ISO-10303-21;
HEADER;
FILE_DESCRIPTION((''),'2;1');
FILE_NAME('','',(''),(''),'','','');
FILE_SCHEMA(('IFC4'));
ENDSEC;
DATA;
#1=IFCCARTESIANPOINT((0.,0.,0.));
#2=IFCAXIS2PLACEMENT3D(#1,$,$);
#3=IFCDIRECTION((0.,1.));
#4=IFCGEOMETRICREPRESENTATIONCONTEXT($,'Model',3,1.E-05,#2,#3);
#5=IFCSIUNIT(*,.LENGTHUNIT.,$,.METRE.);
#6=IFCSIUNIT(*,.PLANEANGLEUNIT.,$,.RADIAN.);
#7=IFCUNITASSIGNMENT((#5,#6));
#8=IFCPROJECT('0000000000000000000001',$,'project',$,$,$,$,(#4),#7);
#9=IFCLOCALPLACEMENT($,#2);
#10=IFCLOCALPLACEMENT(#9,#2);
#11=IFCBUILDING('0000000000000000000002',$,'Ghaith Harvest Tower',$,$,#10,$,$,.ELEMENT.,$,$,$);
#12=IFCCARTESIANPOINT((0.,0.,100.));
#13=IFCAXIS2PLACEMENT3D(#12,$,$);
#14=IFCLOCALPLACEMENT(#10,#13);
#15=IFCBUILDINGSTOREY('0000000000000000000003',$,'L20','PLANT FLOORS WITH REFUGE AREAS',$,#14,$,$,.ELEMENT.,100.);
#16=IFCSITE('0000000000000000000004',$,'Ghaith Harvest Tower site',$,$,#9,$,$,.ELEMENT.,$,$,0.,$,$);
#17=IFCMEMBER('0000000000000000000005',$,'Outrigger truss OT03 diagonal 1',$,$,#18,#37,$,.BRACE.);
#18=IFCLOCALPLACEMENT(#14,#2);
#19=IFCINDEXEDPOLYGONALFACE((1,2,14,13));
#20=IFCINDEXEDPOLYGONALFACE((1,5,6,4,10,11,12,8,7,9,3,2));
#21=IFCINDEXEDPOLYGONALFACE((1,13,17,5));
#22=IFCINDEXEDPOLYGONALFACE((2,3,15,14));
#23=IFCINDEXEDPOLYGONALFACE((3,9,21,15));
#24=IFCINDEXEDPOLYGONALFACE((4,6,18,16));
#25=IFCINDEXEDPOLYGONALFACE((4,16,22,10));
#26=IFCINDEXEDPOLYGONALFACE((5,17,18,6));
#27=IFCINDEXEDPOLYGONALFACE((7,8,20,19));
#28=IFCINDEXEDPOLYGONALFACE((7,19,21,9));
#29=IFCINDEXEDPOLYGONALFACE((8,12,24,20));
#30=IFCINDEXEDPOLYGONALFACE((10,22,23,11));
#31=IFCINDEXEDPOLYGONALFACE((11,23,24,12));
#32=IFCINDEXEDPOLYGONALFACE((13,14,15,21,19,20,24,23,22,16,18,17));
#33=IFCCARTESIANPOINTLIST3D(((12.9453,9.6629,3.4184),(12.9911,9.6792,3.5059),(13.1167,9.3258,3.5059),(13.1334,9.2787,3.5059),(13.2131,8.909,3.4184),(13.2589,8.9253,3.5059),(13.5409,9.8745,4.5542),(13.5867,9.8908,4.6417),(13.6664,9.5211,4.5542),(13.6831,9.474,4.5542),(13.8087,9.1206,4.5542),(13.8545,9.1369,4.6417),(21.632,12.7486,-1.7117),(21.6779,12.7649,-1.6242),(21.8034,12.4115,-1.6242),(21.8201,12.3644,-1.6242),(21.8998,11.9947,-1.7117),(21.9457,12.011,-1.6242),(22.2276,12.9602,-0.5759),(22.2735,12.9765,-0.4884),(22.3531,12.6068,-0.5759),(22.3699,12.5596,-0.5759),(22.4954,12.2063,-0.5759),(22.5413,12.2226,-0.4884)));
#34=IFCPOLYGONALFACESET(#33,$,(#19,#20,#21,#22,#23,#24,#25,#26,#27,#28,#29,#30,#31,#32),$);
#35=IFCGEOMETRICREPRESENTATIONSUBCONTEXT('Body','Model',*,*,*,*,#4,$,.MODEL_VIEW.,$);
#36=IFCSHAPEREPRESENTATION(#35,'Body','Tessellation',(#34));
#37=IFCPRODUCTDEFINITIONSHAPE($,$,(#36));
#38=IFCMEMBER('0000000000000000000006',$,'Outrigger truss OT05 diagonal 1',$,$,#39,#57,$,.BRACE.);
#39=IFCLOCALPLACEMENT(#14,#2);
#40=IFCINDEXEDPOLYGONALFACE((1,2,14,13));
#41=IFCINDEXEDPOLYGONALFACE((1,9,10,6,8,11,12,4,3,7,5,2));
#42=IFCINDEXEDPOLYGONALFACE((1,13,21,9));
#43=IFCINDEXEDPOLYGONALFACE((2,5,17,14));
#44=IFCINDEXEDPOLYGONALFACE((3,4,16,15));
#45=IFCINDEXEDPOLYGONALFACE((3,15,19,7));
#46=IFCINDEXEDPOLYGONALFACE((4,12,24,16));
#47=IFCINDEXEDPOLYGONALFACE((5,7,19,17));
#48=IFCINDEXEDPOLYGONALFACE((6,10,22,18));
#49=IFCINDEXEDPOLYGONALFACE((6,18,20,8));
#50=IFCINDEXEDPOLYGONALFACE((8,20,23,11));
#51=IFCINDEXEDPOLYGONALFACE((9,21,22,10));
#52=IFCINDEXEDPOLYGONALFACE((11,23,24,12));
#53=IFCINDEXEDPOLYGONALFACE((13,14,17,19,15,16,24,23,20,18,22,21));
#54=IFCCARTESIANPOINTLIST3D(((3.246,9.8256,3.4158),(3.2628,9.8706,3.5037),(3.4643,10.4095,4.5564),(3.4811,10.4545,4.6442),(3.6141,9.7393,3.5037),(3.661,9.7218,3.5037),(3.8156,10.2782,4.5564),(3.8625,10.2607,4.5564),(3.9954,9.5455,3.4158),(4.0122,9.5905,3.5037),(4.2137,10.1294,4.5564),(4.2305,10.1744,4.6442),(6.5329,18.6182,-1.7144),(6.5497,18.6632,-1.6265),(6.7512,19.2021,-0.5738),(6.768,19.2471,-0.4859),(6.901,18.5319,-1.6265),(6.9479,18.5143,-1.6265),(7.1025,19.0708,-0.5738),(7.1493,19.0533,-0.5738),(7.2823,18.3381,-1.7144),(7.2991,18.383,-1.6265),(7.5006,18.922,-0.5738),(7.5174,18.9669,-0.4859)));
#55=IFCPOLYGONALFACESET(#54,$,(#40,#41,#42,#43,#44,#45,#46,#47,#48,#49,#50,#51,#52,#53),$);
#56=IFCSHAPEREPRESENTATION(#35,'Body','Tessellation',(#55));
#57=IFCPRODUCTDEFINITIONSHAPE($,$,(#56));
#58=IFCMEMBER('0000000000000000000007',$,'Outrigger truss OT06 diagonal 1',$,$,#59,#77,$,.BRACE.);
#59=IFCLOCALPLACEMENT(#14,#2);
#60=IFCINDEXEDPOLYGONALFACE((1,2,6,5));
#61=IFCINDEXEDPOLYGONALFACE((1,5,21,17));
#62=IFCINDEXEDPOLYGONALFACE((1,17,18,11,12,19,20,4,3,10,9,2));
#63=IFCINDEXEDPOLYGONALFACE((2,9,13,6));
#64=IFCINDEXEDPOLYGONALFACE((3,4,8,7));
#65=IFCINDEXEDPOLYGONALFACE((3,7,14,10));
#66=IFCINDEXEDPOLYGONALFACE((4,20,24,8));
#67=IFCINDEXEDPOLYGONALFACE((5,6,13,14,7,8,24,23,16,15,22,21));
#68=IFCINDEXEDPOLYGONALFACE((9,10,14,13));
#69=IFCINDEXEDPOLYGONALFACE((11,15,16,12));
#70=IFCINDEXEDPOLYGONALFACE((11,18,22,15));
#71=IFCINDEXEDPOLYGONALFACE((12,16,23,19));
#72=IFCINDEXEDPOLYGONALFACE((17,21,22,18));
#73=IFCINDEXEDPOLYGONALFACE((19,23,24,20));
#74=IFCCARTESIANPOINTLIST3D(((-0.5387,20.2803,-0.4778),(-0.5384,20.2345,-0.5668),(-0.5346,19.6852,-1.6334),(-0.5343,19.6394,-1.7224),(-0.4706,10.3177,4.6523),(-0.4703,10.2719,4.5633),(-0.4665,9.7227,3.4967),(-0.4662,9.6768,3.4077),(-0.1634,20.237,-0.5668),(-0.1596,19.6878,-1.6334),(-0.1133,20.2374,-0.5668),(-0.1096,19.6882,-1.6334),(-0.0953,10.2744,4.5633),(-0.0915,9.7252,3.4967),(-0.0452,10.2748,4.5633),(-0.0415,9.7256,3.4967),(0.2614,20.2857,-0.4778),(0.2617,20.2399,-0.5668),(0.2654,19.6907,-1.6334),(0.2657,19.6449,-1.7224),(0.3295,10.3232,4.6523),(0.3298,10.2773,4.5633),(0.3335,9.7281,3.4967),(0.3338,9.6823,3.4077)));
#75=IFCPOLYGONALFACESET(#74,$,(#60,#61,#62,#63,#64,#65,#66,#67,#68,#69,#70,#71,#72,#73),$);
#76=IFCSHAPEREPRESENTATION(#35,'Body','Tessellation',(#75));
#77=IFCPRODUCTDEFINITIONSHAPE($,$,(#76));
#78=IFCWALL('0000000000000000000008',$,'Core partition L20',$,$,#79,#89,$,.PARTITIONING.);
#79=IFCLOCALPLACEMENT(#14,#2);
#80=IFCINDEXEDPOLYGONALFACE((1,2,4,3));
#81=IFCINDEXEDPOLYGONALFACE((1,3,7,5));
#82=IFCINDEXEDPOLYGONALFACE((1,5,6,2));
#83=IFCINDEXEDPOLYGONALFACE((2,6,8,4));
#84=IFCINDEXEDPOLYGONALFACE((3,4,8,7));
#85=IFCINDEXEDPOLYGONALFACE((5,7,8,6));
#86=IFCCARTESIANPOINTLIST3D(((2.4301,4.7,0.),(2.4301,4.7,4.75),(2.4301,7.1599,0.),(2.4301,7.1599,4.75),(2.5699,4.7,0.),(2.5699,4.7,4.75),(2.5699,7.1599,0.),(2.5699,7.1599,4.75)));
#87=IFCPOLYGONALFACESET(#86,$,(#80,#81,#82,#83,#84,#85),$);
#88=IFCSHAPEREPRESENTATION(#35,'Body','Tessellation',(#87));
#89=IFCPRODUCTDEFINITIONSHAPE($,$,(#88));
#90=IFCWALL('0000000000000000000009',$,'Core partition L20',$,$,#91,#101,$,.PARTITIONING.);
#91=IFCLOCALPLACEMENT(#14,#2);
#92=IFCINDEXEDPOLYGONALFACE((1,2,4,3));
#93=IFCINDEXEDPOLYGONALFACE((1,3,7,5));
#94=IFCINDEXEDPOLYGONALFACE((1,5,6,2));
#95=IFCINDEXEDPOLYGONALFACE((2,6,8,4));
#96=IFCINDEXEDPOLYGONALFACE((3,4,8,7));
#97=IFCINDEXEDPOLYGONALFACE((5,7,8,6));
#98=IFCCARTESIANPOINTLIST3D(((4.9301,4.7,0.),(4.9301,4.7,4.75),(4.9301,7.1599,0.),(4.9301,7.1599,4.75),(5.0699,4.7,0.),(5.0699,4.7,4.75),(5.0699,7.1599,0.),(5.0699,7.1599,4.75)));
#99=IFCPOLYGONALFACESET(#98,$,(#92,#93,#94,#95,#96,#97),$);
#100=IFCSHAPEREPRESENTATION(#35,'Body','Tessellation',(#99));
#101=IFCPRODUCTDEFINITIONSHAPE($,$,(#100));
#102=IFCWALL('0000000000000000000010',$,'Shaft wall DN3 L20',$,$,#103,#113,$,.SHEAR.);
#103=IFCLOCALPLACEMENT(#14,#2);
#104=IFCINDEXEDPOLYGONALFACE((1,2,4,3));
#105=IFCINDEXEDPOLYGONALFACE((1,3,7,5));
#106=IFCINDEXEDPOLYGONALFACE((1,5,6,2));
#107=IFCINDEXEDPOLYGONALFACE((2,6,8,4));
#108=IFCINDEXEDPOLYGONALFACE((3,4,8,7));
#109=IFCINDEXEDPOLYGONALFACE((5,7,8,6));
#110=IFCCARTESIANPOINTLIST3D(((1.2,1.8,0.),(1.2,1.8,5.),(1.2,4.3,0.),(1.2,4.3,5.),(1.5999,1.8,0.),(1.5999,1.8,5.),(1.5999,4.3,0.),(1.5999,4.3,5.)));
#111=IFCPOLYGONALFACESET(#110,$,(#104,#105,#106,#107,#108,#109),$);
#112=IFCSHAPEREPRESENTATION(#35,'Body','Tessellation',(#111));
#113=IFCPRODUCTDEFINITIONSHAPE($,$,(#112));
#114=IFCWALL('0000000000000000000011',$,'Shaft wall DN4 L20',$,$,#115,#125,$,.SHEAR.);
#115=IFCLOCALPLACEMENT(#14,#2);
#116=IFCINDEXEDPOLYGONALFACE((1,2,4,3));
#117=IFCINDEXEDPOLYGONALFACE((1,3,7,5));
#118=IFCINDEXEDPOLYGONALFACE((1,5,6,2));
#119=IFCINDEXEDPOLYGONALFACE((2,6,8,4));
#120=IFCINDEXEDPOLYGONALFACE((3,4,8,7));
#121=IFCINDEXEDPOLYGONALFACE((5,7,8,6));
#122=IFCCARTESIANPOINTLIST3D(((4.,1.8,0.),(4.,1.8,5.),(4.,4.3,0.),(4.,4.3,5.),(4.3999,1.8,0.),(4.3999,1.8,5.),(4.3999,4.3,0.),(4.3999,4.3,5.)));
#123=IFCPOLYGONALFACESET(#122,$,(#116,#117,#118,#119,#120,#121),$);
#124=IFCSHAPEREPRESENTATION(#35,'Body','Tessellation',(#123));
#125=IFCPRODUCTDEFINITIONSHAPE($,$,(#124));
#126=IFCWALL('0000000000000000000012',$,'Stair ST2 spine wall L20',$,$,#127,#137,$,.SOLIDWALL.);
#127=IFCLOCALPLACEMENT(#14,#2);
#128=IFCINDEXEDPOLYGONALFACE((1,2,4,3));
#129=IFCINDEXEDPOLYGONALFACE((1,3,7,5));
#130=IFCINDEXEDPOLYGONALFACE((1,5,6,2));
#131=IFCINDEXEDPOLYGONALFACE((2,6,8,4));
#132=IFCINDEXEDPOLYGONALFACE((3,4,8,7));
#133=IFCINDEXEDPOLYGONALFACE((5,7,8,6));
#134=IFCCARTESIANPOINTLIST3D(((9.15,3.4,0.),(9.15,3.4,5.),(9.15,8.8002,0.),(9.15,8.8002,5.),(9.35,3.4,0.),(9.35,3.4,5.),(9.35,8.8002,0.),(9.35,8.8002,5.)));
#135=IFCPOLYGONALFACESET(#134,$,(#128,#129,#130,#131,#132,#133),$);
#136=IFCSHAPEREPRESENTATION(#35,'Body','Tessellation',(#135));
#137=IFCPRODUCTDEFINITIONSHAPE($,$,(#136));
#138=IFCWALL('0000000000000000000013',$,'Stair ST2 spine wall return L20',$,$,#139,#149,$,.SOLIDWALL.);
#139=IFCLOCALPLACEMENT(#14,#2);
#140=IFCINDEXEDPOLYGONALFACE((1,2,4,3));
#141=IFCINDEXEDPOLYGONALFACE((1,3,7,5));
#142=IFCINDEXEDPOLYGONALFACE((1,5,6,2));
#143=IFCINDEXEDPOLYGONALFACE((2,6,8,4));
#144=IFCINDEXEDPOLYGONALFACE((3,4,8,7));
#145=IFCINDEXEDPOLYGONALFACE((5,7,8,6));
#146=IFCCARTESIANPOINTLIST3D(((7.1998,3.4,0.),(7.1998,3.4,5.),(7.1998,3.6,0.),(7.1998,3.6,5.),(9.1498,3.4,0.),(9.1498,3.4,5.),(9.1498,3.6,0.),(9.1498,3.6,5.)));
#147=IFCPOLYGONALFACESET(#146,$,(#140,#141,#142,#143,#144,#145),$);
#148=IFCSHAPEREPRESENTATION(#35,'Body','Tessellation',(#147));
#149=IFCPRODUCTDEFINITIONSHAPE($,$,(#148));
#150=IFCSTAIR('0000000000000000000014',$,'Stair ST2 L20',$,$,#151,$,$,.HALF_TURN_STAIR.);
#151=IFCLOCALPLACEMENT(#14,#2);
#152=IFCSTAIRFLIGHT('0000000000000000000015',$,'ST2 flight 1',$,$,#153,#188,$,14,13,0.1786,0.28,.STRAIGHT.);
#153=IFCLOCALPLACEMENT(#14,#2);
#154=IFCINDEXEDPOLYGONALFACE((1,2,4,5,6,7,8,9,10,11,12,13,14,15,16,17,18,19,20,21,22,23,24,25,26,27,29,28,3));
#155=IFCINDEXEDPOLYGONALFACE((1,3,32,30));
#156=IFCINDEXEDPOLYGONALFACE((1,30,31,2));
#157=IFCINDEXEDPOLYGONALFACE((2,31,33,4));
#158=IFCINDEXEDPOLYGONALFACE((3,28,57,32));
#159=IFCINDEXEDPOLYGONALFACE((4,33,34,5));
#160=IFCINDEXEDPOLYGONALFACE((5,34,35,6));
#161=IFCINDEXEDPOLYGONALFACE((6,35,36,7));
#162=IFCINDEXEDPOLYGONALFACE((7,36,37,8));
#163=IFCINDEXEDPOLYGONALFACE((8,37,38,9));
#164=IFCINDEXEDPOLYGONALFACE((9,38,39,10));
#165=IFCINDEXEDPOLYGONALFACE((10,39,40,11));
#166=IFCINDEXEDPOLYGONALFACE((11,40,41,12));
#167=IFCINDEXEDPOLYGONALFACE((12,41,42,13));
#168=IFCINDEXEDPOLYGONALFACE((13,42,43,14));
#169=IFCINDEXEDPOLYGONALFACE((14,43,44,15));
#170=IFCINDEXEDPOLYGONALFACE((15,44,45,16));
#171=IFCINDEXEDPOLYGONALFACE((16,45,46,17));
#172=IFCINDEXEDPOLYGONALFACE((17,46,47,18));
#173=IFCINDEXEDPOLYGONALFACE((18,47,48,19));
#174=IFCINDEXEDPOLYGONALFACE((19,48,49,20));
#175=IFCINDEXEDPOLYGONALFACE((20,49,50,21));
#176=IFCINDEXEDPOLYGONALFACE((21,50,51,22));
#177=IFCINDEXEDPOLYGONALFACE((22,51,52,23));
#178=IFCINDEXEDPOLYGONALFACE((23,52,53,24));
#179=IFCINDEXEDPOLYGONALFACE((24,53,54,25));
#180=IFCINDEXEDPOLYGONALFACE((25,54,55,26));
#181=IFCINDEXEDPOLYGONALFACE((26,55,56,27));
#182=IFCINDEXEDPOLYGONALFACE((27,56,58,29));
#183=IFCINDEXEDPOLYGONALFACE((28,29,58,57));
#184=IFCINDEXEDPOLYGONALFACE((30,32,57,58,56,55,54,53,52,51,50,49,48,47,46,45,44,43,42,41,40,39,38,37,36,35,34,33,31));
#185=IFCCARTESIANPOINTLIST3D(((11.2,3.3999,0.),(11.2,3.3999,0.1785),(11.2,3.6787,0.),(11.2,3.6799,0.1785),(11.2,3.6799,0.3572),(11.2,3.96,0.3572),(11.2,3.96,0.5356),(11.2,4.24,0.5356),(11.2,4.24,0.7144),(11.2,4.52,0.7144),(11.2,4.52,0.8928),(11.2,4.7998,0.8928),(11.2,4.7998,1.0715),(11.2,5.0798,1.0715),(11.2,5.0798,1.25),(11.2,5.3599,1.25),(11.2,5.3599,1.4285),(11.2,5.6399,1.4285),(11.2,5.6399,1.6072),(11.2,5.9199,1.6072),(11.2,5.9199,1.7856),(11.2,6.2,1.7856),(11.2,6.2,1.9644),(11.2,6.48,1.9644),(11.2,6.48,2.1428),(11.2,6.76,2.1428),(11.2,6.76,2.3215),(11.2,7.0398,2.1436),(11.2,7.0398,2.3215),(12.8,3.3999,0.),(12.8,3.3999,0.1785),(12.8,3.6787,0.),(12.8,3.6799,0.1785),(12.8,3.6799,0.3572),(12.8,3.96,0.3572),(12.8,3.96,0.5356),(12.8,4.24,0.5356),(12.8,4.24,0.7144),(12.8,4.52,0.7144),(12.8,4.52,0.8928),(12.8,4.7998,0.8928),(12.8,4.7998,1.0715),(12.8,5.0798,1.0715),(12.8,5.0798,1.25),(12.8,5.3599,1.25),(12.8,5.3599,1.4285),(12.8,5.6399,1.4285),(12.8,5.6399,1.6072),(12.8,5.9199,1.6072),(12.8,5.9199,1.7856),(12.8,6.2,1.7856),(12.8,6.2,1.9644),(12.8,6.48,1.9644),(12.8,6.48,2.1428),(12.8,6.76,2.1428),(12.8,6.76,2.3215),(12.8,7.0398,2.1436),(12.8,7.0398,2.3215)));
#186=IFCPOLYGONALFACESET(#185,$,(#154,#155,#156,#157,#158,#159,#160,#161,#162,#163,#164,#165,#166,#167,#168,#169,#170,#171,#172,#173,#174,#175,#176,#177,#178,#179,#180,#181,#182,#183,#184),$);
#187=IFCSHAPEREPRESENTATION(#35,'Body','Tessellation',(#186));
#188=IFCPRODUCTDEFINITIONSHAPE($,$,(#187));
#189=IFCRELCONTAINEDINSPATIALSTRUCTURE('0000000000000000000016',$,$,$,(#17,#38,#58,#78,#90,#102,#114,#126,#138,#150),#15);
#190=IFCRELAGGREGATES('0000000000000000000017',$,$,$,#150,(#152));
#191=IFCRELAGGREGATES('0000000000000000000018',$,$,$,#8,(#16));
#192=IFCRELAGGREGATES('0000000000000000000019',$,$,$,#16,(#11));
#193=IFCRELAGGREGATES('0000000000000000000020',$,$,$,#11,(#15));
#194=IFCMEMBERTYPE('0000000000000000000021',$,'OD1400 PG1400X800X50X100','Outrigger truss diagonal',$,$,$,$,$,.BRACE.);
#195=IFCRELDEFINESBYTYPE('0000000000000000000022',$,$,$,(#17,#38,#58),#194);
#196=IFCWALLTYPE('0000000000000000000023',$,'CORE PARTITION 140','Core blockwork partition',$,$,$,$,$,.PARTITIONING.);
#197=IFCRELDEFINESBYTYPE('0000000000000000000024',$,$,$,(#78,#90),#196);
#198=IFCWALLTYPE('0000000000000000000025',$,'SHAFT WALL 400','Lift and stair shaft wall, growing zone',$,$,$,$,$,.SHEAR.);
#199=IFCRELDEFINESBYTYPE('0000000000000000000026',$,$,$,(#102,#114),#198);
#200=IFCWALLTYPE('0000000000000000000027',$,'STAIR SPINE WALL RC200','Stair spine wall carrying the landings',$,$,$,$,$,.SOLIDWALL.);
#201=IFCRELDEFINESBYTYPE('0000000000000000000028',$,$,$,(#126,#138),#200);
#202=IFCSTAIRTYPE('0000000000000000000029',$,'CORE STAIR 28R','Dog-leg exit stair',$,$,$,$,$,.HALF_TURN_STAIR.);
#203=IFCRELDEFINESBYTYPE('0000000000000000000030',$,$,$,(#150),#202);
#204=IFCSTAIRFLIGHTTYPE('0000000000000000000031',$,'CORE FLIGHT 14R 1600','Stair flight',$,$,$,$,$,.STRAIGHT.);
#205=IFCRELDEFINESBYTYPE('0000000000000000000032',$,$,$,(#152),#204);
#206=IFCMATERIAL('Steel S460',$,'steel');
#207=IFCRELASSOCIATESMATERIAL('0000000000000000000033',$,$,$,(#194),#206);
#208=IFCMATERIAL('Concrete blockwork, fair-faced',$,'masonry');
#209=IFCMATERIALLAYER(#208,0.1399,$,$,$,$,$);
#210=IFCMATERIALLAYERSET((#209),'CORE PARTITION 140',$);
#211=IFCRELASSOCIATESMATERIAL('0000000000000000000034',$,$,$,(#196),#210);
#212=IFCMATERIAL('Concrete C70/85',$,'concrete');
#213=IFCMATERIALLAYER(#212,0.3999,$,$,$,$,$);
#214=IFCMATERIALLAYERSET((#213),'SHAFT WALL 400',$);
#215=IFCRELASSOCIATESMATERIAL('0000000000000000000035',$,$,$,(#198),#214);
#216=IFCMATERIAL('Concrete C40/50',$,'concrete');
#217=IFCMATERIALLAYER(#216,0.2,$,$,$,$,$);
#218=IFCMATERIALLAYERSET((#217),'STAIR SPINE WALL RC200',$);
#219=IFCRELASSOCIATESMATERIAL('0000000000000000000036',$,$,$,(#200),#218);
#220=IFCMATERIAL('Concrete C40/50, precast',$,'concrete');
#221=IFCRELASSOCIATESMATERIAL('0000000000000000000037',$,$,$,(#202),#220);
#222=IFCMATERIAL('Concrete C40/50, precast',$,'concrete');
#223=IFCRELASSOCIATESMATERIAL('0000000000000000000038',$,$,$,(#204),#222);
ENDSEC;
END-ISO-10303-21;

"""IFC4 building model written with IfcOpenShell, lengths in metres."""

from ifc_helpers import new_model, si_unit, direction, frame, frame_2d, origin, origin_2d, place, context, subcontext, project, spatial, polyline, rectangle, i_section, outline, extrude, material, layer, layer_set, material_profile, profile_set, type_object, element, aggregate, save


model = new_model("IFC4")

# Units and contexts
model_context = context("Model", 3, precision=1e-05, world=origin(), true_north=direction((0.0, 1.0)))
body_context = subcontext(model_context, "Body", "Model", "MODEL_VIEW")
ifc_project = project(units=[si_unit("LENGTHUNIT", "METRE"), si_unit("PLANEANGLEUNIT", "RADIAN")], contexts=[model_context])

# Site, building, storey
site_placement = place(None, origin())
site = spatial("IfcSite", under=ifc_project, at=site_placement, Name="Ghaith Harvest Tower site", CompositionType="ELEMENT", RefElevation=0.0)
building_placement = place(site_placement, origin())
building = spatial("IfcBuilding", under=site, at=building_placement, Name="Ghaith Harvest Tower", CompositionType="ELEMENT")
storey_placement = place(building_placement, frame((0.0, 0.0, 100.0)))
storey = spatial("IfcBuildingStorey", under=building, at=storey_placement, Name="L20", Description="PLANT FLOORS WITH REFUGE AREAS", CompositionType="ELEMENT", Elevation=100.0)

# Members
ifc_material_1 = material(Name="Steel S460", Category="steel")
ifc_material_profile_1 = material_profile(ifc_material_1, i_section(OverallWidth=0.8, OverallDepth=1.3999, WebThickness=0.05, FlangeThickness=0.1001, at=origin_2d()), Name="PG1400X800X50X100")
ifc_profile_set_1 = profile_set([ifc_material_profile_1], Name="Steel S460")
member_type_1 = type_object("IfcMemberType", Name="OD1400 PG1400X800X50X100", Description="Outrigger truss diagonal", PredefinedType="BRACE", material=ifc_profile_set_1)
member_1_placement = place(storey_placement, frame((13.3999, 9.3999, 4.03), z_axis=(0.823401, 0.292487, -0.486274), x_axis=(-0.334727, 0.942315, 0.0)))
element("IfcMember", 1, at=member_1_placement, inside=storey, type_object=member_type_1, Name="Outrigger truss OT03 diagonal 1", PredefinedType="BRACE", context=body_context, shape_type="SweptSolid", body=[
    extrude(i_section(OverallWidth=0.8, OverallDepth=1.3999, WebThickness=0.05, FlangeThickness=0.1001, at=origin_2d()), origin(), (0.0, 0.0, 1.0), 10.5498),
])
member_2_placement = place(storey_placement, frame((3.7383, 10.0, 4.03), z_axis=(0.307265, 0.821945, -0.479578), x_axis=(-0.93669, 0.35016, 0.0)))
element("IfcMember", 2, at=member_2_placement, inside=storey, type_object=member_type_1, Name="Outrigger truss OT05 diagonal 1", PredefinedType="BRACE", context=body_context, shape_type="SweptSolid", body=[
    extrude(i_section(OverallWidth=0.8, OverallDepth=1.3999, WebThickness=0.05, FlangeThickness=0.1001, at=origin_2d()), origin(), (0.0, 0.0, 1.0), 10.6973),
])
member_3_placement = place(storey_placement, frame((-0.0684, 10.0, 4.03), z_axis=(-0.006078, 0.889036, -0.457797), x_axis=(-0.999977, -0.006837, 0.0)))
element("IfcMember", 3, at=member_3_placement, inside=storey, type_object=member_type_1, Name="Outrigger truss OT06 diagonal 1", PredefinedType="BRACE", context=body_context, shape_type="SweptSolid", body=[
    extrude(i_section(OverallWidth=0.8, OverallDepth=1.3999, WebThickness=0.05, FlangeThickness=0.1001, at=origin_2d()), origin(), (0.0, 0.0, 1.0), 11.2061),
])

# Walls
ifc_material_2 = material(Name="Concrete blockwork, fair-faced", Category="masonry")
ifc_layer_1 = layer(ifc_material_2, 0.1399)
ifc_layer_set_1 = layer_set([ifc_layer_1], Name="CORE PARTITION 140")
wall_type_1 = type_object("IfcWallType", Name="CORE PARTITION 140", Description="Core blockwork partition", PredefinedType="PARTITIONING", material=ifc_layer_set_1)
for number, where, z_axis, x_axis, name in (
    (4, (2.5, 4.7, 0.0), (0.0, 0.0, 1.0), (0.0, 1.0, 0.0), "Core partition L20"),
    (5, (5.0, 4.7, 0.0), (0.0, 0.0, 1.0), (0.0, 1.0, 0.0), "Core partition L20"),
):
    element("IfcWall", number, at=place(storey_placement, frame(where, z_axis=z_axis, x_axis=x_axis)), inside=storey, type_object=wall_type_1, Name=name, PredefinedType="PARTITIONING", context=body_context, shape_type="SweptSolid", body=[
        extrude(rectangle(XDim=2.46, YDim=0.1399, at=frame_2d((1.23, 0.0))), origin(), (0.0, 0.0, 1.0), 4.75),
    ])

# Shared definitions
ifc_material_3 = material(Name="Concrete C70/85", Category="concrete")
ifc_layer_2 = layer(ifc_material_3, 0.3999)
ifc_layer_set_2 = layer_set([ifc_layer_2], Name="SHAFT WALL 400")
wall_type_2 = type_object("IfcWallType", Name="SHAFT WALL 400", Description="Lift and stair shaft wall, growing zone", PredefinedType="SHEAR", material=ifc_layer_set_2)

# Walls
for number, where, z_axis, x_axis, name in (
    (6, (1.3999, 1.8, 0.0), (0.0, 0.0, 1.0), (0.0, 1.0, 0.0), "Shaft wall DN3 L20"),
    (7, (4.2, 1.8, 0.0), (0.0, 0.0, 1.0), (0.0, 1.0, 0.0), "Shaft wall DN4 L20"),
):
    element("IfcWall", number, at=place(storey_placement, frame(where, z_axis=z_axis, x_axis=x_axis)), inside=storey, type_object=wall_type_2, Name=name, PredefinedType="SHEAR", context=body_context, shape_type="SweptSolid", body=[
        extrude(rectangle(XDim=2.5, YDim=0.3999, at=frame_2d((1.25, 0.0))), origin(), (0.0, 0.0, 1.0), 5.0),
    ])
ifc_material_4 = material(Name="Concrete C40/50", Category="concrete")
ifc_layer_3 = layer(ifc_material_4, 0.2)
ifc_layer_set_3 = layer_set([ifc_layer_3], Name="STAIR SPINE WALL RC200")
wall_type_3 = type_object("IfcWallType", Name="STAIR SPINE WALL RC200", Description="Stair spine wall carrying the landings", PredefinedType="SOLIDWALL", material=ifc_layer_set_3)
wall_1_placement = place(storey_placement, frame((9.25, 3.3999, 0.0), z_axis=(0.0, 0.0, 1.0), x_axis=(0.0, 1.0, 0.0)))
element("IfcWall", 8, at=wall_1_placement, inside=storey, type_object=wall_type_3, Name="Stair ST2 spine wall L20", PredefinedType="SOLIDWALL", context=body_context, shape_type="SweptSolid", body=[
    extrude(rectangle(XDim=5.4001, YDim=0.2, at=frame_2d((2.7002, 0.0))), origin(), (0.0, 0.0, 1.0), 5.0),
])
wall_2_placement = place(storey_placement, frame((9.1499, 3.5, 0.0), z_axis=(0.0, 0.0, 1.0), x_axis=(-1.0, 0.0, 0.0)))
element("IfcWall", 9, at=wall_2_placement, inside=storey, type_object=wall_type_3, Name="Stair ST2 spine wall return L20", PredefinedType="SOLIDWALL", context=body_context, shape_type="SweptSolid", body=[
    extrude(rectangle(XDim=1.95, YDim=0.2, at=frame_2d((0.9751, 0.0))), origin(), (0.0, 0.0, 1.0), 5.0),
])

# Stair, stair flight
ifc_material_5 = material(Name="Concrete C40/50, precast", Category="concrete")
stair_type = type_object("IfcStairType", Name="CORE STAIR 28R", Description="Dog-leg exit stair", PredefinedType="HALF_TURN_STAIR", material=ifc_material_5)
stair_placement = place(storey_placement, origin())
stair = element("IfcStair", 10, at=stair_placement, inside=storey, type_object=stair_type, Name="Stair ST2 L20", PredefinedType="HALF_TURN_STAIR")
ifc_material_6 = material(Name="Concrete C40/50, precast", Category="concrete")
stair_flight_type = type_object("IfcStairFlightType", Name="CORE FLIGHT 14R 1600", Description="Stair flight", PredefinedType="STRAIGHT", material=ifc_material_6)
stair_flight_1_placement = place(storey_placement, frame((12.0, 3.3999, 0.0), z_axis=(0.0, 0.0, 1.0), x_axis=(0.0, 1.0, 0.0)))
stair_flight_1 = element("IfcStairFlight", 11, at=stair_flight_1_placement, type_object=stair_flight_type, Name="ST2 flight 1", NumberOfRisers=14, NumberOfTreads=13, PredefinedType="STRAIGHT", RiserHeight=0.1786, TreadLength=0.28, context=body_context, shape_type="SweptSolid", body=[
    extrude(outline(polyline([(0.0, 0.0), (0.0, 0.1785), (0.28, 0.1785), (0.28, 0.3572), (0.5601, 0.3572), (0.5601, 0.5356), (0.8401, 0.5356), (0.8401, 0.7144), (1.1201, 0.7144), (1.1201, 0.8928), (1.3999, 0.8928), (1.3999, 1.0715), (1.6799, 1.0715), (1.6799, 1.25), (1.96, 1.25), (1.96, 1.4285), (2.24, 1.4285), (2.24, 1.6072), (2.52, 1.6072), (2.52, 1.7856), (2.8, 1.7856), (2.8, 1.9644), (3.0801, 1.9644), (3.0801, 2.1428), (3.3601, 2.1428), (3.3601, 2.3215), (3.6399, 2.3215), (3.6399, 2.5), (3.6399, 2.1436), (0.2788, 0.0), (0.0, 0.0)])), frame((0.0, 0.8, 0.0), z_axis=(0.0, -1.0, 0.0), x_axis=(1.0, 0.0, 0.0)), (0.0, 0.0, 1.0), 1.6001),
])
aggregate(stair, [stair_flight_1])

save(model, "model.ifc")
